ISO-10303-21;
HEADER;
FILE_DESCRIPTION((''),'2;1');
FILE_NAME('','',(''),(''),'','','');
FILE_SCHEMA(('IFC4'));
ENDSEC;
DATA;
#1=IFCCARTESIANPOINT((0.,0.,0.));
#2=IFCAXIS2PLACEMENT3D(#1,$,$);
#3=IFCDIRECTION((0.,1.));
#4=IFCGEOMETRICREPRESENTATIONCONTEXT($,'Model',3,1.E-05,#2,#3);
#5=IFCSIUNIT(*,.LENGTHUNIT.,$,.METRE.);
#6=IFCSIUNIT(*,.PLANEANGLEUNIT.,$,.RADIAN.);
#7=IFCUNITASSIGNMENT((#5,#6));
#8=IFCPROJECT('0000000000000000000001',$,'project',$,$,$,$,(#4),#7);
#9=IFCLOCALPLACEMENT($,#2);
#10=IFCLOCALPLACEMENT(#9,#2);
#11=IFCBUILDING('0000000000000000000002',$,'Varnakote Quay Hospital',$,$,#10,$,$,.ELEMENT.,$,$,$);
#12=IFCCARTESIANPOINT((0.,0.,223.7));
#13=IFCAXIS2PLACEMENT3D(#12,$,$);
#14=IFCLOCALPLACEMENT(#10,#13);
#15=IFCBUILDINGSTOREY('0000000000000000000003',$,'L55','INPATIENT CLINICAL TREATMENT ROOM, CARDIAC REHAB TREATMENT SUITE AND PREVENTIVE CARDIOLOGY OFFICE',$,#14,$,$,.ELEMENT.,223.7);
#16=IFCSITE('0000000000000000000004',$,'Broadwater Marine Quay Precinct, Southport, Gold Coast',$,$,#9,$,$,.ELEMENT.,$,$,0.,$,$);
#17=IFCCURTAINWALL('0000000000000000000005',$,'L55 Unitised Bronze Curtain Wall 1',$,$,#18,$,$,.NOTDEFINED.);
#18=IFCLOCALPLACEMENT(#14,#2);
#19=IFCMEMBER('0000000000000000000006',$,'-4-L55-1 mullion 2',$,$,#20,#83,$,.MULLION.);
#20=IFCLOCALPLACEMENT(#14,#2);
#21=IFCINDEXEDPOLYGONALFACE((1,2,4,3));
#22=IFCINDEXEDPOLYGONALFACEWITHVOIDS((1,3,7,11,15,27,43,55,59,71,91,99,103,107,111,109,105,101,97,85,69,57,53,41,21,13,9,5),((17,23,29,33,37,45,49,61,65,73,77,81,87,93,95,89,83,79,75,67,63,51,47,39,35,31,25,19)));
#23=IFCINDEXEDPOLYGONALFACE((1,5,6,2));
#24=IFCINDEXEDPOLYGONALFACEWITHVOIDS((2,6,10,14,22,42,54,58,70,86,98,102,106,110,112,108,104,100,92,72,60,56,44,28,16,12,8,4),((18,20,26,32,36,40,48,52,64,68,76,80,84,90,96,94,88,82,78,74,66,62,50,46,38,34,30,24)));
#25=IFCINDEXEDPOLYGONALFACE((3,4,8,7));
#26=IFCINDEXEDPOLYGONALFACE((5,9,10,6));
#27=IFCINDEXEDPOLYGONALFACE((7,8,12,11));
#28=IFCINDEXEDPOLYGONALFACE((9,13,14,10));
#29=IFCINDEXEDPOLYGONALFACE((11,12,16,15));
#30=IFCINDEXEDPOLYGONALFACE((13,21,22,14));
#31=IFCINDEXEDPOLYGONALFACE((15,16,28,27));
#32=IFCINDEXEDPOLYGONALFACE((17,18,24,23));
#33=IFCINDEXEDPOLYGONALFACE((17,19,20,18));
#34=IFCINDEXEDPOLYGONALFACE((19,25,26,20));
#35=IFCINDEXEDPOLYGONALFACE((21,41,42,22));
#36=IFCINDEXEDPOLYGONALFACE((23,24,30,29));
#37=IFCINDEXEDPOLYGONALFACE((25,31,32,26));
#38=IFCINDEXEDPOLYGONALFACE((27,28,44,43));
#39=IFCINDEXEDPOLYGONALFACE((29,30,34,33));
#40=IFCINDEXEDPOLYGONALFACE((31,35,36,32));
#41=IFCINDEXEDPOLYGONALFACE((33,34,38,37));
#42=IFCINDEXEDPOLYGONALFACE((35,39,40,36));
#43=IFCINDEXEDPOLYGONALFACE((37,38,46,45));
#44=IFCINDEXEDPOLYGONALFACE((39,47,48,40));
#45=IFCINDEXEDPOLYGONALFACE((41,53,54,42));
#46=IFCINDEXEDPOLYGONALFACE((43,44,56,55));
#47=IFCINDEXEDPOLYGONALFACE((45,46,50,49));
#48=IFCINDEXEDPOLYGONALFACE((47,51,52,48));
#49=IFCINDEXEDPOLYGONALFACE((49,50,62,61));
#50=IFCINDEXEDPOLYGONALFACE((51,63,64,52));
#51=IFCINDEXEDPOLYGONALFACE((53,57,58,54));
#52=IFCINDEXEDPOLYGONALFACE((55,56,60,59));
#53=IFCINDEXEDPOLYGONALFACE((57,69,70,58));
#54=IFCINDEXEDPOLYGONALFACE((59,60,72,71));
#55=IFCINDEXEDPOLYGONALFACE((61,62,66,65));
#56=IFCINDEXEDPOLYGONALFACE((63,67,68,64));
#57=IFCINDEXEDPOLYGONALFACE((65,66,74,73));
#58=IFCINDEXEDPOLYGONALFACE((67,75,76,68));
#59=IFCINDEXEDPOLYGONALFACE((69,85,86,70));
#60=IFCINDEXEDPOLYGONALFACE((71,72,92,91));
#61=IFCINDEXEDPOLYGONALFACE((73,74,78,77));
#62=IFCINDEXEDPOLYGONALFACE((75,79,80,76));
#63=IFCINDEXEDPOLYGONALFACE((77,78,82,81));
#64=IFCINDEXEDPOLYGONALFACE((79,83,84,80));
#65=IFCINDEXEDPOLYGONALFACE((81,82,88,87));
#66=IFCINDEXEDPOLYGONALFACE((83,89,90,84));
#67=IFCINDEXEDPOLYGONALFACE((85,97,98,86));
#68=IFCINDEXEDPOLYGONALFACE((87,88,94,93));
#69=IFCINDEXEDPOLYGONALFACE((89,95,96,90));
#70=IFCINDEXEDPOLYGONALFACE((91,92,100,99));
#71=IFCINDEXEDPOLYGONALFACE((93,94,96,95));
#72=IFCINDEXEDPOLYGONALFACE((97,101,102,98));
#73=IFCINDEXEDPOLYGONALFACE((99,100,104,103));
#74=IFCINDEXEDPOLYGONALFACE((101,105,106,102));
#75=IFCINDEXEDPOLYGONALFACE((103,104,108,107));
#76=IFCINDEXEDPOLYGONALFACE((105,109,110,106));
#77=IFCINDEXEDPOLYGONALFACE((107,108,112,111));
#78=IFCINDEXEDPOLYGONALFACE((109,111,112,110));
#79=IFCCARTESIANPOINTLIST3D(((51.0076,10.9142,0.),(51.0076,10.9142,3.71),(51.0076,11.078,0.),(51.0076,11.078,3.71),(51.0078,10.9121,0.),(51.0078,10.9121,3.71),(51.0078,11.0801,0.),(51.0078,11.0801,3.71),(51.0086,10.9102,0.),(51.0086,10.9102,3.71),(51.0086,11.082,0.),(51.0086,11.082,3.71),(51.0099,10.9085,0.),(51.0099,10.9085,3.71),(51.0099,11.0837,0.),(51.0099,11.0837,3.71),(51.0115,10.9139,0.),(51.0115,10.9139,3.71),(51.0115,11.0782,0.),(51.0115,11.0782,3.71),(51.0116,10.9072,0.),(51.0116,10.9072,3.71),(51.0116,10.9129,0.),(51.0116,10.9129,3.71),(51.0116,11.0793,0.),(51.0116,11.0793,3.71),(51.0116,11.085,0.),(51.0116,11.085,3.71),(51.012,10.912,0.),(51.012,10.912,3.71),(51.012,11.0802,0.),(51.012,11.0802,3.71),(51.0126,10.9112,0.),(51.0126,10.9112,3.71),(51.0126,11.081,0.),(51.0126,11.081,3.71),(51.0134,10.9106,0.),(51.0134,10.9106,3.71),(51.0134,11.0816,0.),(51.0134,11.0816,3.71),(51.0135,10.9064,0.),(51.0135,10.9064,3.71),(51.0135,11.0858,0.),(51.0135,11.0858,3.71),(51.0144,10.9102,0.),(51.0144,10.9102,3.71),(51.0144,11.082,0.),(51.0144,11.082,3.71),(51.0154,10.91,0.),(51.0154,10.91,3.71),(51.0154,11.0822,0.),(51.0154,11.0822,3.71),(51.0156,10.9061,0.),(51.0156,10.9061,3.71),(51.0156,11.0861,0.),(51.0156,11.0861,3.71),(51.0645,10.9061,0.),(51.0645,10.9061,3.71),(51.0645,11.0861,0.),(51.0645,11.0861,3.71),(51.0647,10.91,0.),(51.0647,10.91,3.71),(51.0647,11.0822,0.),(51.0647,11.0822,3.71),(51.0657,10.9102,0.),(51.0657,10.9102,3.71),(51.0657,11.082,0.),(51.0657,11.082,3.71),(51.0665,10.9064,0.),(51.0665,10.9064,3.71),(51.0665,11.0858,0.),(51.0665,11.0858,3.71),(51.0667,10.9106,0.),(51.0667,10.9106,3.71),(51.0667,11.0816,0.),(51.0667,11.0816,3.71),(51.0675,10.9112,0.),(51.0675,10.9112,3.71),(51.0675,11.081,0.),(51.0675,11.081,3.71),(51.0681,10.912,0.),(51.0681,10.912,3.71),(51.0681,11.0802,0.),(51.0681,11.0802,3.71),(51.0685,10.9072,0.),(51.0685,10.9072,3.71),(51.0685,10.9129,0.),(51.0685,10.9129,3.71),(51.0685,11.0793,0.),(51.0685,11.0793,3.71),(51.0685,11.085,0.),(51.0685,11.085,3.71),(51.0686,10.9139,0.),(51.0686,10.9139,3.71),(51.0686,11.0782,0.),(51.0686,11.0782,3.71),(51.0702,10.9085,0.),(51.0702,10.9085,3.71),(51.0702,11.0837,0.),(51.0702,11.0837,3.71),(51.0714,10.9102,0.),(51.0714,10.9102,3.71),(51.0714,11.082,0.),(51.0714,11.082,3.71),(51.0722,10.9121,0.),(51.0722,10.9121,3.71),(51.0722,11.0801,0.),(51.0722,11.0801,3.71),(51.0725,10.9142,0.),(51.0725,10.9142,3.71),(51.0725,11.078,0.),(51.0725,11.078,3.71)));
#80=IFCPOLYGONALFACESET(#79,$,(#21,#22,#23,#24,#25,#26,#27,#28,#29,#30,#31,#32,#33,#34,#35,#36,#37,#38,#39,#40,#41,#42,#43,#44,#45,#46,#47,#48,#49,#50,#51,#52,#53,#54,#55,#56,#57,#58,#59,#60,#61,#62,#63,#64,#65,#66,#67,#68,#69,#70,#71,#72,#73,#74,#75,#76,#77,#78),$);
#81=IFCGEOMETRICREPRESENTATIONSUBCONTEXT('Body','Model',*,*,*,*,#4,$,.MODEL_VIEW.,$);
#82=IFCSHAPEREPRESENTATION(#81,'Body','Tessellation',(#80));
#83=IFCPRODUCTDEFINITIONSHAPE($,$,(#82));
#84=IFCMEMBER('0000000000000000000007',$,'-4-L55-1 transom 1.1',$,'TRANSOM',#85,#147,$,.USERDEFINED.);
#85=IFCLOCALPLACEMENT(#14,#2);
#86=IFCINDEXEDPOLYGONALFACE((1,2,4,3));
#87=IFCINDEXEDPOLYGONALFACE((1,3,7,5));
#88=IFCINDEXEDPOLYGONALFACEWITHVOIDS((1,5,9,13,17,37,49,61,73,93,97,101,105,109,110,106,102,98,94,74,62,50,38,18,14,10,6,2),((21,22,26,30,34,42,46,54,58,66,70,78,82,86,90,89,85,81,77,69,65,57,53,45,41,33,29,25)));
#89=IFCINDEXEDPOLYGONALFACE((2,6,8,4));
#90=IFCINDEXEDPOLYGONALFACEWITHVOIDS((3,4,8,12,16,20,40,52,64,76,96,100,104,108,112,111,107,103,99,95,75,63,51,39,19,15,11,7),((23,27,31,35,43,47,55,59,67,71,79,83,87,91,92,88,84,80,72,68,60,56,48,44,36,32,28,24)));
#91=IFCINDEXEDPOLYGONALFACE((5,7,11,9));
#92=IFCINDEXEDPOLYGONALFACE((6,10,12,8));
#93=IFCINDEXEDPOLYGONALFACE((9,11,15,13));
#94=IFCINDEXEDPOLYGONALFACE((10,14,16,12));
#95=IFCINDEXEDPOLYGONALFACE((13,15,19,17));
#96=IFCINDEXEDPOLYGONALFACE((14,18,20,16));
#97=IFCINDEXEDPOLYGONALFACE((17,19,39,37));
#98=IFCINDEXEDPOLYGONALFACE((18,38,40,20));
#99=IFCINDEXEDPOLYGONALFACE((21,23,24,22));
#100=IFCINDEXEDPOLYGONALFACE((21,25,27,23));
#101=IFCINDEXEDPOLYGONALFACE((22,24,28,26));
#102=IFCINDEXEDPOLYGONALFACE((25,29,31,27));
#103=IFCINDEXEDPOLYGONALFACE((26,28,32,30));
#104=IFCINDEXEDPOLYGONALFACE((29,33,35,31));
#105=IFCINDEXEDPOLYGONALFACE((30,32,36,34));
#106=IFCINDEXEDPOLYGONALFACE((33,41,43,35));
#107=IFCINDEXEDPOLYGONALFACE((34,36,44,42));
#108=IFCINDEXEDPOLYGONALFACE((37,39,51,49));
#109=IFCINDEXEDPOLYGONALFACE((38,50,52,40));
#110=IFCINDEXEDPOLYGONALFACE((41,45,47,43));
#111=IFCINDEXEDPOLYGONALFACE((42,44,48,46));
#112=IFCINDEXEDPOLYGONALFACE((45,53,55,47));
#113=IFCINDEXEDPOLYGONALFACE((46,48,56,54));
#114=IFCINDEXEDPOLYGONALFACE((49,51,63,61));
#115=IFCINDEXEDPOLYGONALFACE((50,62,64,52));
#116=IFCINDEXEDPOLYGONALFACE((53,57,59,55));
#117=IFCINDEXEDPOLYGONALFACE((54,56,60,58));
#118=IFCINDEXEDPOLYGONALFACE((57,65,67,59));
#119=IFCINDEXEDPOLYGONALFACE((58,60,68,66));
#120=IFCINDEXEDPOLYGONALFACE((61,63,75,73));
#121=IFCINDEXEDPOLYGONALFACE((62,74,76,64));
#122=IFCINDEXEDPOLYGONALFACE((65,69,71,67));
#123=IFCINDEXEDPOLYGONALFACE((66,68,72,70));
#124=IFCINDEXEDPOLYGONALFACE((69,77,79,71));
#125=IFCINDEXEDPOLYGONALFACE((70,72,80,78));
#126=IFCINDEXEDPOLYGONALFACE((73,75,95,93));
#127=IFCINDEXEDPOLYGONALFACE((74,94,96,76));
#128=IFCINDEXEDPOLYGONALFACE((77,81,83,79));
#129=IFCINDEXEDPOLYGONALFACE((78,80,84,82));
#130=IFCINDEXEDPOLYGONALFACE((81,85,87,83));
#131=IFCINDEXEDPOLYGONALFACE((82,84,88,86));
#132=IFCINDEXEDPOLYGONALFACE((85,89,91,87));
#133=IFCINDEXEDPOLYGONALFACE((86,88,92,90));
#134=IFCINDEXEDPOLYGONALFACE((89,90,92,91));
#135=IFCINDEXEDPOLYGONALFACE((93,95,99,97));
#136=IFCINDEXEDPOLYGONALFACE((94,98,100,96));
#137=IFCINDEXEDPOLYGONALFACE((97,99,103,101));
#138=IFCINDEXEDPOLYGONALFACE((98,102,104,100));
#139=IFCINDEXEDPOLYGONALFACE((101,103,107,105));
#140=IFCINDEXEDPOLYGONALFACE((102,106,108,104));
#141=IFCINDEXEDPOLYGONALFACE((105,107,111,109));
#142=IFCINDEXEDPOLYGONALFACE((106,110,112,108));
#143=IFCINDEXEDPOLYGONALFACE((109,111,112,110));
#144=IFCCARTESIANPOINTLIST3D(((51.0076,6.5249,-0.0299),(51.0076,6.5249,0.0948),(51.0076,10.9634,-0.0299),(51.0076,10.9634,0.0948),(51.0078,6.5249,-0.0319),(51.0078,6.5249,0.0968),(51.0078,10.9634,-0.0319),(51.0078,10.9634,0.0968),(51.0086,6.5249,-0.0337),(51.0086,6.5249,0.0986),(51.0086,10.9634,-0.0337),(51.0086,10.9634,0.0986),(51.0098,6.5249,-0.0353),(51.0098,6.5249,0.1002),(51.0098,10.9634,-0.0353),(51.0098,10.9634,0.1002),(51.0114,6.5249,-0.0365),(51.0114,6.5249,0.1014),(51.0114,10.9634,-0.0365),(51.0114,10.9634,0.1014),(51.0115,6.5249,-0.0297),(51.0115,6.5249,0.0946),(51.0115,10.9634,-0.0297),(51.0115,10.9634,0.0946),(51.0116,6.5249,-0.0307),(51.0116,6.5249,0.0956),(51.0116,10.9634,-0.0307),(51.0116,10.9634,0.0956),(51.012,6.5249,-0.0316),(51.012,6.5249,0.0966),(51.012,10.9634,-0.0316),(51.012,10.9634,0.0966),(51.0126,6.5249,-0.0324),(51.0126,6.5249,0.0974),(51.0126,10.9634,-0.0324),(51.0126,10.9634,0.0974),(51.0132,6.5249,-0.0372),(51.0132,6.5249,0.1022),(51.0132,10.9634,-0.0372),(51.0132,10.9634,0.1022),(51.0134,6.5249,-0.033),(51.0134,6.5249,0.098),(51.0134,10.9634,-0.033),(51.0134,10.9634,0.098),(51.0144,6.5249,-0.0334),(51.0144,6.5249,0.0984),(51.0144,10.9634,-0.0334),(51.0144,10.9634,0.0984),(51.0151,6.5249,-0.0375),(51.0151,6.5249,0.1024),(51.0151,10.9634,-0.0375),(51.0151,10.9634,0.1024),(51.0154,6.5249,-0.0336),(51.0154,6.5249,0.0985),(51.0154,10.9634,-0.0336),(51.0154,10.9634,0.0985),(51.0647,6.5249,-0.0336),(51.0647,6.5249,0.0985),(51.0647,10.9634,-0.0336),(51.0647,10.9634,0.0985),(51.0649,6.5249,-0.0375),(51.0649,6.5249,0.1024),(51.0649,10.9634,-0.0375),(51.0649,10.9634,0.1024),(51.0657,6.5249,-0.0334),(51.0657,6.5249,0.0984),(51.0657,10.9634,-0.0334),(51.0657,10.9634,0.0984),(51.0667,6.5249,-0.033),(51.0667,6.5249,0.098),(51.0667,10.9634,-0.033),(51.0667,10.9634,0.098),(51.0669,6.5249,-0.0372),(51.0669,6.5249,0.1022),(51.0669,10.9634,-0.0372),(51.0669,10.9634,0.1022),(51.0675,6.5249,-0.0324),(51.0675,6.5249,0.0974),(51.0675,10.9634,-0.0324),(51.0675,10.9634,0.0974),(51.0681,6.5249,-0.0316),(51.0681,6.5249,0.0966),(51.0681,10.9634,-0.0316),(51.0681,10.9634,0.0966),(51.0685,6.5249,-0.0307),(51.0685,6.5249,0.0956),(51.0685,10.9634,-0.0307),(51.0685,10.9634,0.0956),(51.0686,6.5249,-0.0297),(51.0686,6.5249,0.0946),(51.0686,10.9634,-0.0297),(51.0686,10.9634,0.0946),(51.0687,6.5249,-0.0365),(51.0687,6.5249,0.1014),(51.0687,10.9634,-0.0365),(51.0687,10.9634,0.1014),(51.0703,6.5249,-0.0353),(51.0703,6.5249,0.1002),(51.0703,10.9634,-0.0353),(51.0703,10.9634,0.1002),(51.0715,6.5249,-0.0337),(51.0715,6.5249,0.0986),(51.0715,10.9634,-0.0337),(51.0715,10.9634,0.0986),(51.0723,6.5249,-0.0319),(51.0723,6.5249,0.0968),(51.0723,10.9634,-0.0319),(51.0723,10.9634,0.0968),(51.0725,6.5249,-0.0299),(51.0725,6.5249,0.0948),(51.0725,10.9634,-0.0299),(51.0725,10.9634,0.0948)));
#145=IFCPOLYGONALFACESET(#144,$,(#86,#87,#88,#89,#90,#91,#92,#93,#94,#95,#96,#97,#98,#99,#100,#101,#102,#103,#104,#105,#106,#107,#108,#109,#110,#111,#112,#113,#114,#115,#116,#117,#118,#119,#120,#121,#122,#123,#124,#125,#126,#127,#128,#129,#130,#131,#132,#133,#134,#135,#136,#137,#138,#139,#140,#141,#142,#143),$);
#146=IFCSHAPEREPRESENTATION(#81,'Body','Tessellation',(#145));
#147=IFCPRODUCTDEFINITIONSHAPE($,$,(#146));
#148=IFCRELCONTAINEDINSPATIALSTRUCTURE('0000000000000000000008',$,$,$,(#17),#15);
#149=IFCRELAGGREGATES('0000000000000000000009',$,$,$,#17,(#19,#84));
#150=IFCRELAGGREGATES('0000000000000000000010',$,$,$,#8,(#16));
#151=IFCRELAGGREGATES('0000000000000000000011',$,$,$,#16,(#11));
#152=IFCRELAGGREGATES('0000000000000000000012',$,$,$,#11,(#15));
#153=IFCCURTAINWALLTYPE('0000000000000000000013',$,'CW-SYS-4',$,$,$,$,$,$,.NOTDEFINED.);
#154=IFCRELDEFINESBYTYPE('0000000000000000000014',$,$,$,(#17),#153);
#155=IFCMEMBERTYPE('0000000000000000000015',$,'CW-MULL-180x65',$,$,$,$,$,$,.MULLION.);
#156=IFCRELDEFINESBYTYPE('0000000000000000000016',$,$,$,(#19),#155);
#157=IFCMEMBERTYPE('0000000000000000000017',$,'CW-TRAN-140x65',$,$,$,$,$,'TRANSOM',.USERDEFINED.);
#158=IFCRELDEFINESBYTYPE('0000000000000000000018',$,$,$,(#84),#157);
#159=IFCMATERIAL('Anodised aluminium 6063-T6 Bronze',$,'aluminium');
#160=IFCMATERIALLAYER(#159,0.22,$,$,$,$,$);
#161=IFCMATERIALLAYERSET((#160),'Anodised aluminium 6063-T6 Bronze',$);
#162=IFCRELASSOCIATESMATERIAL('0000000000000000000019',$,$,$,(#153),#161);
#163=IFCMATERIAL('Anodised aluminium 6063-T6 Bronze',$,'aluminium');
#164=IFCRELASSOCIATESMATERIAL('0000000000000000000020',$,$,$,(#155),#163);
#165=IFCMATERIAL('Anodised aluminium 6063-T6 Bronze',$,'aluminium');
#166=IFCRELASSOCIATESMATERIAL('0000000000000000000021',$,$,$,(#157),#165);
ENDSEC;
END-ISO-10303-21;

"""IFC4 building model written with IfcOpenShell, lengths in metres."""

from ifc_helpers import new_model, si_unit, direction, frame, origin, origin_2d, place, context, subcontext, project, spatial, hollow_rectangle, extrude, material, layer, layer_set, material_profile, profile_set, type_object, element, aggregate, save


model = new_model("IFC4")

# Units and contexts
model_context = context("Model", 3, precision=1e-05, world=origin(), true_north=direction((0.0, 1.0)))
body_context = subcontext(model_context, "Body", "Model", "MODEL_VIEW")
ifc_project = project(units=[si_unit("LENGTHUNIT", "METRE"), si_unit("PLANEANGLEUNIT", "RADIAN")], contexts=[model_context])

# Site, building, storey
site_placement = place(None, origin())
site = spatial("IfcSite", under=ifc_project, at=site_placement, Name="Broadwater Marine Quay Precinct, Southport, Gold Coast", CompositionType="ELEMENT", RefElevation=0.0)
building_placement = place(site_placement, origin())
building = spatial("IfcBuilding", under=site, at=building_placement, Name="Varnakote Quay Hospital", CompositionType="ELEMENT")
storey_placement = place(building_placement, frame((0.0, 0.0, 223.7)))
storey = spatial("IfcBuildingStorey", under=building, at=storey_placement, Name="L55", Description="INPATIENT CLINICAL TREATMENT ROOM, CARDIAC REHAB TREATMENT SUITE AND PREVENTIVE CARDIOLOGY OFFICE", CompositionType="ELEMENT", Elevation=223.7)

# Curtain wall, members
ifc_material_1 = material(Name="Anodised aluminium 6063-T6 Bronze", Category="aluminium")
ifc_layer_1 = layer(ifc_material_1, 0.22)
ifc_layer_set_1 = layer_set([ifc_layer_1], Name="Anodised aluminium 6063-T6 Bronze")
curtain_wall_type = type_object("IfcCurtainWallType", Name="CW-SYS-4", PredefinedType="NOTDEFINED", material=ifc_layer_set_1)
curtain_wall_placement = place(storey_placement, origin())
curtain_wall = element("IfcCurtainWall", 1, at=curtain_wall_placement, inside=storey, type_object=curtain_wall_type, Name="L55 Unitised Bronze Curtain Wall 1", PredefinedType="NOTDEFINED")
ifc_material_2 = material(Name="Anodised aluminium 6063-T6 Bronze", Category="aluminium")
ifc_material_profile_1 = material_profile(ifc_material_2, hollow_rectangle(XDim=0.0649, YDim=0.1799, WallThickness=0.0039, InnerFilletRadius=0.0039, OuterFilletRadius=0.0081, at=origin_2d()), Name="CW-MULL-180x65")
ifc_profile_set_1 = profile_set([ifc_material_profile_1], Name="Anodised aluminium 6063-T6 Bronze")
member_type_1 = type_object("IfcMemberType", Name="CW-MULL-180x65", PredefinedType="MULLION", material=ifc_profile_set_1)
member_1_placement = place(storey_placement, frame((51.04, 10.9961, 0.0), z_axis=(0.0, 0.0, 1.0), x_axis=(-1.0, 0.0, 0.0)))
member_1 = element("IfcMember", 2, at=member_1_placement, type_object=member_type_1, Name="-4-L55-1 mullion 2", PredefinedType="MULLION", context=body_context, shape_type="SweptSolid", body=[
    extrude(hollow_rectangle(XDim=0.0649, YDim=0.1799, WallThickness=0.0039, InnerFilletRadius=0.0039, OuterFilletRadius=0.0081, at=origin_2d()), origin(), (0.0, 0.0, 1.0), 3.71),
])
ifc_material_3 = material(Name="Anodised aluminium 6063-T6 Bronze", Category="aluminium")
ifc_material_profile_2 = material_profile(ifc_material_3, hollow_rectangle(XDim=0.0649, YDim=0.1399, WallThickness=0.0039, InnerFilletRadius=0.0039, OuterFilletRadius=0.0076, at=origin_2d()), Name="CW-TRAN-140x65")
ifc_profile_set_2 = profile_set([ifc_material_profile_2], Name="Anodised aluminium 6063-T6 Bronze")
member_type_2 = type_object("IfcMemberType", Name="CW-TRAN-140x65", ElementType="TRANSOM", PredefinedType="USERDEFINED", material=ifc_profile_set_2)
member_2_placement = place(storey_placement, frame((51.04, 6.5249, 0.0325), z_axis=(0.0, 1.0, 0.0), x_axis=(-1.0, 0.0, 0.0)))
member_2 = element("IfcMember", 3, at=member_2_placement, type_object=member_type_2, Name="-4-L55-1 transom 1.1", ObjectType="TRANSOM", PredefinedType="USERDEFINED", context=body_context, shape_type="SweptSolid", body=[
    extrude(hollow_rectangle(XDim=0.0649, YDim=0.1399, WallThickness=0.0039, InnerFilletRadius=0.0039, OuterFilletRadius=0.0076, at=origin_2d()), origin(), (0.0, 0.0, 1.0), 4.4385),
])
aggregate(curtain_wall, [member_1, member_2])

save(model, "model.ifc")
